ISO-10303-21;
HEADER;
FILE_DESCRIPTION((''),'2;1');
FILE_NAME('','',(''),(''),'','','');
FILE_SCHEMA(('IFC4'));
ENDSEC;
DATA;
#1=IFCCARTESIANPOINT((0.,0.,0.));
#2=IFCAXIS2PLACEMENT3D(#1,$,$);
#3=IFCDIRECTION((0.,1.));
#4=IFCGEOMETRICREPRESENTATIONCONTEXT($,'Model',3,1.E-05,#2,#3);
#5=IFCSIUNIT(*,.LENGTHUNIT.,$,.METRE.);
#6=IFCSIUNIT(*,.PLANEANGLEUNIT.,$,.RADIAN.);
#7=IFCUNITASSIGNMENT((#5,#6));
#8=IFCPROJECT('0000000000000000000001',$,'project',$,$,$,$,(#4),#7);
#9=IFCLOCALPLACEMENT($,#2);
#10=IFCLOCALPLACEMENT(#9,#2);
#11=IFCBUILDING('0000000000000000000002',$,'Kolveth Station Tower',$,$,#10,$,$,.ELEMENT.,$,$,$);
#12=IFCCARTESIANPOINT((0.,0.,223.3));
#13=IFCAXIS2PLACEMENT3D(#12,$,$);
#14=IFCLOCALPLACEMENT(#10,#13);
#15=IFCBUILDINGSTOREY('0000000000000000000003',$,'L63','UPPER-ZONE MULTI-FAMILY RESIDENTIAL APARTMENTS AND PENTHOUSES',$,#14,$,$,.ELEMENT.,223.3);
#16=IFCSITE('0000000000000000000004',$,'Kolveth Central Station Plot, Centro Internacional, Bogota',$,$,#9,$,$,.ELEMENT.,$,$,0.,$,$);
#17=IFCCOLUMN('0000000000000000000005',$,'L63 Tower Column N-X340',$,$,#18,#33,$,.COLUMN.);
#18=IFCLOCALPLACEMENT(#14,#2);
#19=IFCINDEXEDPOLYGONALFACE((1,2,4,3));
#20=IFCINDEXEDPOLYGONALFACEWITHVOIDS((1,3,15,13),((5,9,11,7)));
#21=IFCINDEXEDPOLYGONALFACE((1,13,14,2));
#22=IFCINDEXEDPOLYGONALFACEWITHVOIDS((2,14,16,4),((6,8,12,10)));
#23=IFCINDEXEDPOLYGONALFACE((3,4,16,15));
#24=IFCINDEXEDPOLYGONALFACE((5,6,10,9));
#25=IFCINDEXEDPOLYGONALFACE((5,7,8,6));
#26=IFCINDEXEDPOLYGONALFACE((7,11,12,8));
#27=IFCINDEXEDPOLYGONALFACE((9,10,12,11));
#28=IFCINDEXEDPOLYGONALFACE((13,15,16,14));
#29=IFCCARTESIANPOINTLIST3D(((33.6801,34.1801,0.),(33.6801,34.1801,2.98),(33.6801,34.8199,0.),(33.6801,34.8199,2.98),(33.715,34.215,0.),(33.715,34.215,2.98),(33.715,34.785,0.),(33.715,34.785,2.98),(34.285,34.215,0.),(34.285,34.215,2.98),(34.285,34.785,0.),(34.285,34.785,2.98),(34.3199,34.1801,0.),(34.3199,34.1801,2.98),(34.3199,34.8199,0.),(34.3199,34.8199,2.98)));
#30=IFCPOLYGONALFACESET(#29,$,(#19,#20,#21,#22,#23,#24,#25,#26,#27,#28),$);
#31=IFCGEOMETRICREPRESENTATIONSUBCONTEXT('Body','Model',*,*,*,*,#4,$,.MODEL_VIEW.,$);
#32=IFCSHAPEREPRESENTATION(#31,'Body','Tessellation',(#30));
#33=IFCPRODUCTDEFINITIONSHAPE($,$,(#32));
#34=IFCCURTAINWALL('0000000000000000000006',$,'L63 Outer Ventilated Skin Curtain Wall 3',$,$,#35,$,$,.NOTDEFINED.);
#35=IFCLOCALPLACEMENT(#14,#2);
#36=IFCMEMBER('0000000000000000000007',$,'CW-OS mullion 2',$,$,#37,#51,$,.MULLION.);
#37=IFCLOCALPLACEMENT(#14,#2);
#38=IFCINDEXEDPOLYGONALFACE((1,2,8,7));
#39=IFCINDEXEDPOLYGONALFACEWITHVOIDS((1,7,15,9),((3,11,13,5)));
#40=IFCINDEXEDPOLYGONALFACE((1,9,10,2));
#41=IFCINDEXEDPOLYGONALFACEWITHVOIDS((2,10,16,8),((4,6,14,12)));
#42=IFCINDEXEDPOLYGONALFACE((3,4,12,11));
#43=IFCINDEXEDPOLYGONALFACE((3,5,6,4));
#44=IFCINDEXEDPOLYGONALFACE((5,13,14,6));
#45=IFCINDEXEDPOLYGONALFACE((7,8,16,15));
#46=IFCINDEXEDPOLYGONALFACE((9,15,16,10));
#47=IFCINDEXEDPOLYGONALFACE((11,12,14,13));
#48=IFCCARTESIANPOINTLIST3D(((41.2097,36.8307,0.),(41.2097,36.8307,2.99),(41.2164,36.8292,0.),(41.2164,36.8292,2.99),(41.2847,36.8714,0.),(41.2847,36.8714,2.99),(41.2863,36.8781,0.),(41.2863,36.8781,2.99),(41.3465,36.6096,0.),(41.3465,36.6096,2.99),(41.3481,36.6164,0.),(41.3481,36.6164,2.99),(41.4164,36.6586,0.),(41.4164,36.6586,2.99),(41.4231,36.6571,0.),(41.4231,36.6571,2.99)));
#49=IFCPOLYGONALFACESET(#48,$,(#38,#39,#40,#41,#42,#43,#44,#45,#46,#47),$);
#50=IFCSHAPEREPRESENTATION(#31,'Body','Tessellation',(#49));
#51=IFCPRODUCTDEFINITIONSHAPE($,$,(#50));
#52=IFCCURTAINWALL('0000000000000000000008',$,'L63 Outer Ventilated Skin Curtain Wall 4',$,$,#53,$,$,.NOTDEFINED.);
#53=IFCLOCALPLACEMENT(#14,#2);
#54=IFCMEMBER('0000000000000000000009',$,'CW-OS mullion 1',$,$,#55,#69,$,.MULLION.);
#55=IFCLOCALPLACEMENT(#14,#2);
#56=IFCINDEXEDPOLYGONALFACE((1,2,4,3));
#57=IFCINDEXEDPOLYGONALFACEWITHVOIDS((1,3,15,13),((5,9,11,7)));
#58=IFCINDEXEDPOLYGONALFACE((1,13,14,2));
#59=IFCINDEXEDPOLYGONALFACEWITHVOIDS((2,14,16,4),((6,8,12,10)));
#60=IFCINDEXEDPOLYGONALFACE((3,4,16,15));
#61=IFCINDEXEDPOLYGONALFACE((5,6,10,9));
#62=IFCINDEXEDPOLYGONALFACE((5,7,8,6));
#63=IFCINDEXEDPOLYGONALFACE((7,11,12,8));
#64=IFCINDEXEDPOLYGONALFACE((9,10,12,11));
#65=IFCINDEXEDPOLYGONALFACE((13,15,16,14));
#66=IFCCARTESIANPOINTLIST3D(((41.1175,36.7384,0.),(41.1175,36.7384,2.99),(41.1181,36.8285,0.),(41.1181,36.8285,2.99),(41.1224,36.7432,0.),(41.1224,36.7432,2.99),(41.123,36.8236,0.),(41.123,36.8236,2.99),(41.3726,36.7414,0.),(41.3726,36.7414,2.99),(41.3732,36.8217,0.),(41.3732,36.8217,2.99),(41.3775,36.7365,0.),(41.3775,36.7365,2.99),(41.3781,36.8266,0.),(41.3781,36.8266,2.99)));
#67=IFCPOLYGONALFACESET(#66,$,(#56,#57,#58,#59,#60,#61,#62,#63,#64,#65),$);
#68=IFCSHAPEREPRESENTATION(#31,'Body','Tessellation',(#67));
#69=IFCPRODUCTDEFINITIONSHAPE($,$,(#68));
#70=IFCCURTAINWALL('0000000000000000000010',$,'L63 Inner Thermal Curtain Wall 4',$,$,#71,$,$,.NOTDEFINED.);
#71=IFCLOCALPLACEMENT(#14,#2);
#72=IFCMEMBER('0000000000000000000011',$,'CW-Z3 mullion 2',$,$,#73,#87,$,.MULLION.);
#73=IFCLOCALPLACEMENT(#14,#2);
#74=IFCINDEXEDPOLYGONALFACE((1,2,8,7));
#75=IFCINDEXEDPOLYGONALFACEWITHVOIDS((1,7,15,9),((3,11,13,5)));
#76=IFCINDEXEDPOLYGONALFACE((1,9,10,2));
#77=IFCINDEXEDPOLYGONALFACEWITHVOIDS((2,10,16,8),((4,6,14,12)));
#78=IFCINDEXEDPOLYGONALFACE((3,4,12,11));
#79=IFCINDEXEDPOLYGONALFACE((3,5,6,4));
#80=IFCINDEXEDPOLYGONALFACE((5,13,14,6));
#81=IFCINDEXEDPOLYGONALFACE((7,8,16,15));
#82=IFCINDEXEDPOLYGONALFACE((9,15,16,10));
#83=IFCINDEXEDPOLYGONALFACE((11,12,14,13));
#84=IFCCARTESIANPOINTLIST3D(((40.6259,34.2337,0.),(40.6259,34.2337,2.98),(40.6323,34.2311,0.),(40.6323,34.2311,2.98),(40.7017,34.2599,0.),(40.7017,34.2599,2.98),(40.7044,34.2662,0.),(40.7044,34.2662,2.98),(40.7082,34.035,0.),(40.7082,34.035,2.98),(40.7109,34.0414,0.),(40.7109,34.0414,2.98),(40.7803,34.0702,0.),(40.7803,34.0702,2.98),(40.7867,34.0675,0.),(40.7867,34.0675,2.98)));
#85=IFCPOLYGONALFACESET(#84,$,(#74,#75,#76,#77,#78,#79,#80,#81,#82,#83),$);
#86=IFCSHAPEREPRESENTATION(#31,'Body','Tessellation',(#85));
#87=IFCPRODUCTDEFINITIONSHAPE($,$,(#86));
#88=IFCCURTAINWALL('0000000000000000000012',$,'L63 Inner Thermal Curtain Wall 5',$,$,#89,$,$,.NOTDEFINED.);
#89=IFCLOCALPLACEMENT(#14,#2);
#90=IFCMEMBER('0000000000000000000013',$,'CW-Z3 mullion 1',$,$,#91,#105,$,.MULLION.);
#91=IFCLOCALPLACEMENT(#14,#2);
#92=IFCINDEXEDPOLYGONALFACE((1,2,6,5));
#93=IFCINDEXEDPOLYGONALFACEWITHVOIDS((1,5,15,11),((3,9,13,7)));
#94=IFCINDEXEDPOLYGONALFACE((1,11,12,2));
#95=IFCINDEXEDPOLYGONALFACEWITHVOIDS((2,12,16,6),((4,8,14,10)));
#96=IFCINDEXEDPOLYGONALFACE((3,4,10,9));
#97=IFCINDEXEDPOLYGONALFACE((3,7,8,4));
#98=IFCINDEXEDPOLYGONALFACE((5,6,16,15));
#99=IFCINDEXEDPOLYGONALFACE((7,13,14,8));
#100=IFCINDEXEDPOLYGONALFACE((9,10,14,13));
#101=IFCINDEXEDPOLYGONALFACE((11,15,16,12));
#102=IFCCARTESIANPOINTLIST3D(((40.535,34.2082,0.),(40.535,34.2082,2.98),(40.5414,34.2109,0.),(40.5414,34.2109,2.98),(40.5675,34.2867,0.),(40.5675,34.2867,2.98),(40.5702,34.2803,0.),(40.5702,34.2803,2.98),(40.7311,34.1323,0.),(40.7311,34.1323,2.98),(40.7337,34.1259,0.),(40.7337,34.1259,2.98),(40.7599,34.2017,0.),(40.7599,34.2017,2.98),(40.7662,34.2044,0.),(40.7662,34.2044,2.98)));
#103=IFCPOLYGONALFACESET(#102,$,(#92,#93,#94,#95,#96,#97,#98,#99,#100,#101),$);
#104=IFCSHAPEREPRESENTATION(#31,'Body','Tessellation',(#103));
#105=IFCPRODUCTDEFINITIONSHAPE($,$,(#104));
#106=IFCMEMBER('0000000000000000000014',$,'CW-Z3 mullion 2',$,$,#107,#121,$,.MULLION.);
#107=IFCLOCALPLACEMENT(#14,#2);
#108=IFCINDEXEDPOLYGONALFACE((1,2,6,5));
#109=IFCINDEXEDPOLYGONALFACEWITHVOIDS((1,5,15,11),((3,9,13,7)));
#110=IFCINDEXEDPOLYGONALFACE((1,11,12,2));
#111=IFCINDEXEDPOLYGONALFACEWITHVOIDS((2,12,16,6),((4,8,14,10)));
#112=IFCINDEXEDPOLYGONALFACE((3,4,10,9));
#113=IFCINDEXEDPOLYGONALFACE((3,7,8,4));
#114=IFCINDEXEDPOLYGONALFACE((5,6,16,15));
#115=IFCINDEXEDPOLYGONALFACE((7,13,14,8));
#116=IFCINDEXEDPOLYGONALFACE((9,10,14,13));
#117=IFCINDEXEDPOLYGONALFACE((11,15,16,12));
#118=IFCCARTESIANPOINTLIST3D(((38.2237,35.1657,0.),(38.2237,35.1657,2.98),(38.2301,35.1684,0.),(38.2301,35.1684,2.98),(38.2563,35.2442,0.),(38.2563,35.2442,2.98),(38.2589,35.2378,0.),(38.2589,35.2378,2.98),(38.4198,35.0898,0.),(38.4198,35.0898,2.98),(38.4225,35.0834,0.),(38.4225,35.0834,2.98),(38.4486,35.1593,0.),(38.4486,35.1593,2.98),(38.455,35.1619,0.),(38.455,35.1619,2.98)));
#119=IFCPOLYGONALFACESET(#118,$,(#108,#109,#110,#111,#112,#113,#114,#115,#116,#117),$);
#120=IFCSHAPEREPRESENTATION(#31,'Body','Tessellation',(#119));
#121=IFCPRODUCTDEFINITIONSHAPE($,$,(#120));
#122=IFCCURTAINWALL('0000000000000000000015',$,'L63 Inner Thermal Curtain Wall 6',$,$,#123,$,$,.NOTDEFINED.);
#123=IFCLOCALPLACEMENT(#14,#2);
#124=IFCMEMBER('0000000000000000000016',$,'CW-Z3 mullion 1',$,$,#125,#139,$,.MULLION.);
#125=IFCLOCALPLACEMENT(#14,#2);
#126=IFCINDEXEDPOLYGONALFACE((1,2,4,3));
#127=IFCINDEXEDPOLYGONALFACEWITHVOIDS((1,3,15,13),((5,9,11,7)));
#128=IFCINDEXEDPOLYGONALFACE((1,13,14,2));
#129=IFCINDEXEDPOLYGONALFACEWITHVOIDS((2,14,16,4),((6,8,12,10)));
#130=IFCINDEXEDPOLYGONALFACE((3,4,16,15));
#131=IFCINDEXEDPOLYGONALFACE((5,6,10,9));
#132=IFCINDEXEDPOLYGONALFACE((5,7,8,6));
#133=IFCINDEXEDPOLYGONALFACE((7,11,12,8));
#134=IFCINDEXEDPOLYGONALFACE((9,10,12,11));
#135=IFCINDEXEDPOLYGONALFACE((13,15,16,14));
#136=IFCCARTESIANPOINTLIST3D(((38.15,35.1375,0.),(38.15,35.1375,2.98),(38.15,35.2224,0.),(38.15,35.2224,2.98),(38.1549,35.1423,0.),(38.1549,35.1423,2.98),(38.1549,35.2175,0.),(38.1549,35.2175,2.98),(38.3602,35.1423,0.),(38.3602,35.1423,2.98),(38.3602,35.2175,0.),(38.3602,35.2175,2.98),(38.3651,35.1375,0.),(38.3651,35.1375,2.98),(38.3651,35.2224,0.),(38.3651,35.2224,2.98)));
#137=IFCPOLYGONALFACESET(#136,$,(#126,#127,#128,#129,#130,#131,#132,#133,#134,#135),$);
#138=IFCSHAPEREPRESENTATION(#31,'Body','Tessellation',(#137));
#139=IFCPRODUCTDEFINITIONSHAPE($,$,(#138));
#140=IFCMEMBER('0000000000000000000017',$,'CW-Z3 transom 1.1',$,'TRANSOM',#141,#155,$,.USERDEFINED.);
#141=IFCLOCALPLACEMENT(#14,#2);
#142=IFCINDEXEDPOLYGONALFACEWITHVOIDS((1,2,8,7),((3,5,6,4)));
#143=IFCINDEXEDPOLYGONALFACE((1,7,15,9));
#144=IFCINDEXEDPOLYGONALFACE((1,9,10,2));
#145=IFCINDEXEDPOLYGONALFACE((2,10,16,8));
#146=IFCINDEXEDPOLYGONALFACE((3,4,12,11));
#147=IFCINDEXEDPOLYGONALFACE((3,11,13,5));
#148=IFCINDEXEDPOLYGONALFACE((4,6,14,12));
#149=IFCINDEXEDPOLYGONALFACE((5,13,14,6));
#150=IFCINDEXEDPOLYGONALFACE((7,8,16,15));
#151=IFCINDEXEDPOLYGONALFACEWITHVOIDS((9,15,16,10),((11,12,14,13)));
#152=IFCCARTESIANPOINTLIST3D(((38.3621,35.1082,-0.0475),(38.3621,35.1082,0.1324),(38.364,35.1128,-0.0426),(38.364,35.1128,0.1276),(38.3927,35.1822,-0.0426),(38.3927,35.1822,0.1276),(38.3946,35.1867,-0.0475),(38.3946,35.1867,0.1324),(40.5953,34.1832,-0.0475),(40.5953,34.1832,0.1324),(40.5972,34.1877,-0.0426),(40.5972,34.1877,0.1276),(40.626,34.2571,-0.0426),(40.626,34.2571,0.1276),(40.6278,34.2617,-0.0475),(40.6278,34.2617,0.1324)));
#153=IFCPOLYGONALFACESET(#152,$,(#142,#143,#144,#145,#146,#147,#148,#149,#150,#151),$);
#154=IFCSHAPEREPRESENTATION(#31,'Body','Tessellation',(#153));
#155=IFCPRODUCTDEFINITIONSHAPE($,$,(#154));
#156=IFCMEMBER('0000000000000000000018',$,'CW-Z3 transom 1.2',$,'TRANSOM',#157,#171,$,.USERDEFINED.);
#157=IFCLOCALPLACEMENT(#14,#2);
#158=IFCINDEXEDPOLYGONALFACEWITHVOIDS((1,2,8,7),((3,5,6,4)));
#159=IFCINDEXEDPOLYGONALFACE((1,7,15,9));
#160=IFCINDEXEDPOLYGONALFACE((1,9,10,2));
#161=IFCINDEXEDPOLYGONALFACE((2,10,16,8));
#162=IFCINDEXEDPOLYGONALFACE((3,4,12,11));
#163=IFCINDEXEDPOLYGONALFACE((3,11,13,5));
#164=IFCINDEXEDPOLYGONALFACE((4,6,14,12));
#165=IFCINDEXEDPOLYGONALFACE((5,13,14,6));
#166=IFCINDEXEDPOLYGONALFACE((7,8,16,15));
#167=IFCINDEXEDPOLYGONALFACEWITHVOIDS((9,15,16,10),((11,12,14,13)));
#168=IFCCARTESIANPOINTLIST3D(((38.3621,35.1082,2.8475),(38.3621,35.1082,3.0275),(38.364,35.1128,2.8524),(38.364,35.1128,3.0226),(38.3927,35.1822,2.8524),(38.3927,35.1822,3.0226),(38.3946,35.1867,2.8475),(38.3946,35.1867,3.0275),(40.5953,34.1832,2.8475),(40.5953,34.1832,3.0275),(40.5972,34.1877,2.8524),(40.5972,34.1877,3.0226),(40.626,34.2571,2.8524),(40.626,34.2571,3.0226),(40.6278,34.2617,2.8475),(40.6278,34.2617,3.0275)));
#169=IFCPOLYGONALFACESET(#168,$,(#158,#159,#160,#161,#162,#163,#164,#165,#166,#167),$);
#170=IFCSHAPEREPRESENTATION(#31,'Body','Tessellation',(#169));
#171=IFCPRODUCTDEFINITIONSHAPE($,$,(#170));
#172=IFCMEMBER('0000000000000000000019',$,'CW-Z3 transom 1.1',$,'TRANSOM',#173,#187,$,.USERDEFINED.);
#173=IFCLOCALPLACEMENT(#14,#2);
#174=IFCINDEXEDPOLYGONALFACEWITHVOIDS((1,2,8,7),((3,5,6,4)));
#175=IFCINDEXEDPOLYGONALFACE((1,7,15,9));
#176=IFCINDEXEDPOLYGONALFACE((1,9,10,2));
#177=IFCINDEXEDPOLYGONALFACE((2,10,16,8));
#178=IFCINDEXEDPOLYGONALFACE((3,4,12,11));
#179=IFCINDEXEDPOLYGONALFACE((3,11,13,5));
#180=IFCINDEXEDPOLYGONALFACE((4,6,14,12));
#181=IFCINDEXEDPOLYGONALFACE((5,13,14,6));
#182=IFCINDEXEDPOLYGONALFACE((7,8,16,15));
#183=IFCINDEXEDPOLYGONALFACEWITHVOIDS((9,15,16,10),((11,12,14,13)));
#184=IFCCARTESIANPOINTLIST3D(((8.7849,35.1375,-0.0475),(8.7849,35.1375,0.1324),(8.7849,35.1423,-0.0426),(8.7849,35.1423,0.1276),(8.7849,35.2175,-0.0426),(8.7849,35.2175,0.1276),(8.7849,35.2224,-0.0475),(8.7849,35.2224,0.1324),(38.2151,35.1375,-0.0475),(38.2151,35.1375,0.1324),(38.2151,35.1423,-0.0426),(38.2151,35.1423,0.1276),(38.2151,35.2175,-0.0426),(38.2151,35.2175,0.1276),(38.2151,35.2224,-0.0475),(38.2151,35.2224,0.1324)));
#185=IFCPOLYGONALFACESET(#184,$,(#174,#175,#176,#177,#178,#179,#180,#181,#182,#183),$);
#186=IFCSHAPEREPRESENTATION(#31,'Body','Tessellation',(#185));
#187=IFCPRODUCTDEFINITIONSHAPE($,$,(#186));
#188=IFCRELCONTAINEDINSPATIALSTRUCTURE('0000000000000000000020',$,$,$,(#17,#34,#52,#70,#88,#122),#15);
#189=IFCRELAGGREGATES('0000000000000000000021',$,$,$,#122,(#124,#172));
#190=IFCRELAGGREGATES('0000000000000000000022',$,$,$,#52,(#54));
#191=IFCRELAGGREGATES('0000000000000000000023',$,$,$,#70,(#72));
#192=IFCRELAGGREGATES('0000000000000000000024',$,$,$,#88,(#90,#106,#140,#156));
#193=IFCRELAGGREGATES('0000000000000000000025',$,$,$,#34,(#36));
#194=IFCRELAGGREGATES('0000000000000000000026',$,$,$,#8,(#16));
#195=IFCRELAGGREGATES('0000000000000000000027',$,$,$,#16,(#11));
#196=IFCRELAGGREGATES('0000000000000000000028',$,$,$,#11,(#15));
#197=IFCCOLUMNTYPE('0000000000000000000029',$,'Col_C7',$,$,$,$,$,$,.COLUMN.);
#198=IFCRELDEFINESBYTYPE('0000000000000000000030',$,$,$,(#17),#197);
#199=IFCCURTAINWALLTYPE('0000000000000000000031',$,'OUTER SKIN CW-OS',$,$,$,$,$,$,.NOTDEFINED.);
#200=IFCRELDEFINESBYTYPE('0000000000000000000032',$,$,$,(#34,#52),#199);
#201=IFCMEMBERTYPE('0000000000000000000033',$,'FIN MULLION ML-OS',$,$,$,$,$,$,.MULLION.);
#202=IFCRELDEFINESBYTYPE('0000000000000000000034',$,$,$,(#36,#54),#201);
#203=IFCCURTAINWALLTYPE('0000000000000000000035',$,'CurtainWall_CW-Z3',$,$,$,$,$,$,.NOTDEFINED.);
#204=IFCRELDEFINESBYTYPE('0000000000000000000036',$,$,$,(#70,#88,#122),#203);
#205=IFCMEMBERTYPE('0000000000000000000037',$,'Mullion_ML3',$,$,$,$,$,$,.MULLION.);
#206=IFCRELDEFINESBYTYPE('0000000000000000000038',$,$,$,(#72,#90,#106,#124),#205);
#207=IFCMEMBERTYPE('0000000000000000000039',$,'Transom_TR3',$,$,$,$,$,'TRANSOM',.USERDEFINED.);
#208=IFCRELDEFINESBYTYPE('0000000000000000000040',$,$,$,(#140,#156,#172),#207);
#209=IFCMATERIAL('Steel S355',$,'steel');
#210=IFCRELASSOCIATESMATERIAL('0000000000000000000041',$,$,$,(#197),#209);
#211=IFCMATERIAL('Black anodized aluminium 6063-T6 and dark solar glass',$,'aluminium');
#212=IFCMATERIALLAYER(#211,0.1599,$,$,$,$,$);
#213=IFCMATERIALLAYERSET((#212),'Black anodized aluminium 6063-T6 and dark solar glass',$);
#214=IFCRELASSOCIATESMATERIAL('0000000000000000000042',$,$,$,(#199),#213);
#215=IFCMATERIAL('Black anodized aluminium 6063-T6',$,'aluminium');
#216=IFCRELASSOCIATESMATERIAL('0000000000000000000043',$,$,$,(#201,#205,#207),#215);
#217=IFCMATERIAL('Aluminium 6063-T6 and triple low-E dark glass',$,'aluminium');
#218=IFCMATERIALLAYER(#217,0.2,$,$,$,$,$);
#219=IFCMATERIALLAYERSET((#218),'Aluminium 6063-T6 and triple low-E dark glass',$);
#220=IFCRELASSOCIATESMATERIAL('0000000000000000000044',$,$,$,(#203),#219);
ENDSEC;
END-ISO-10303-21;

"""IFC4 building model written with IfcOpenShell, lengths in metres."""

from ifc_helpers import new_model, si_unit, direction, frame, origin, origin_2d, place, context, subcontext, project, spatial, hollow_rectangle, extrude, source, transform, mapped, material, layer, layer_set, material_profile, profile_set, type_object, element, aggregate, save


model = new_model("IFC4")

# Units and contexts
model_context = context("Model", 3, precision=1e-05, world=origin(), true_north=direction((0.0, 1.0)))
body_context = subcontext(model_context, "Body", "Model", "MODEL_VIEW")
ifc_project = project(units=[si_unit("LENGTHUNIT", "METRE"), si_unit("PLANEANGLEUNIT", "RADIAN")], contexts=[model_context])

# Site, building, storey
site_placement = place(None, origin())
site = spatial("IfcSite", under=ifc_project, at=site_placement, Name="Kolveth Central Station Plot, Centro Internacional, Bogota", CompositionType="ELEMENT", RefElevation=0.0)
building_placement = place(site_placement, origin())
building = spatial("IfcBuilding", under=site, at=building_placement, Name="Kolveth Station Tower", CompositionType="ELEMENT")
storey_placement = place(building_placement, frame((0.0, 0.0, 223.3)))
storey = spatial("IfcBuildingStorey", under=building, at=storey_placement, Name="L63", Description="UPPER-ZONE MULTI-FAMILY RESIDENTIAL APARTMENTS AND PENTHOUSES", CompositionType="ELEMENT", Elevation=223.3)

# Column
ifc_material_1 = material(Name="Steel S355", Category="steel")
ifc_material_profile_1 = material_profile(ifc_material_1, hollow_rectangle(XDim=0.6399, YDim=0.6399, WallThickness=0.0349, at=origin_2d()), Name="BOX640x640x35")
ifc_profile_set_1 = profile_set([ifc_material_profile_1], Name="Steel S355")
column_type = type_object("IfcColumnType", Name="Col_C7", PredefinedType="COLUMN", material=ifc_profile_set_1)
shared_shape_1 = source(origin(), body_context, "Body", "SweptSolid", [
    extrude(hollow_rectangle(XDim=0.6399, YDim=0.6399, WallThickness=0.0349, at=origin_2d()), origin(), (0.0, 0.0, 1.0), 2.98),
])
column_placement = place(storey_placement, frame((34.0, 34.5, 0.0), z_axis=(0.0, 0.0, 1.0), x_axis=(1.0, 0.0, 0.0)))
element("IfcColumn", 1, at=column_placement, inside=storey, type_object=column_type, Name="L63 Tower Column N-X340", PredefinedType="COLUMN", context=body_context, shape_type="MappedRepresentation", body=[
    mapped(shared_shape_1, transform((0.0, 0.0, 0.0), x_axis=(1.0, 0.0, 0.0), y_axis=(0.0, 1.0, 0.0), z_axis=(0.0, 0.0, 1.0), scale=1.0)),
])

# Curtain walls, members
ifc_material_2 = material(Name="Black anodized aluminium 6063-T6 and dark solar glass", Category="aluminium")
ifc_layer_1 = layer(ifc_material_2, 0.1599)
ifc_layer_set_1 = layer_set([ifc_layer_1], Name="Black anodized aluminium 6063-T6 and dark solar glass")
curtain_wall_type_1 = type_object("IfcCurtainWallType", Name="OUTER SKIN CW-OS", PredefinedType="NOTDEFINED", material=ifc_layer_set_1)
curtain_wall_1_placement = place(storey_placement, origin())
curtain_wall_1 = element("IfcCurtainWall", 2, at=curtain_wall_1_placement, inside=storey, type_object=curtain_wall_type_1, Name="L63 Outer Ventilated Skin Curtain Wall 3", PredefinedType="NOTDEFINED")
ifc_material_3 = material(Name="Black anodized aluminium 6063-T6", Category="aluminium")
ifc_material_profile_2 = material_profile(ifc_material_3, hollow_rectangle(XDim=0.0901, YDim=0.26, WallThickness=0.0049, at=origin_2d()), Name="ALU-90x260x5")
ifc_profile_set_2 = profile_set([ifc_material_profile_2], Name="Black anodized aluminium 6063-T6")
member_type_1 = type_object("IfcMemberType", Name="FIN MULLION ML-OS", PredefinedType="MULLION", material=ifc_profile_set_2)
shared_shape_2 = source(origin(), body_context, "Body", "SweptSolid", [
    extrude(hollow_rectangle(XDim=0.0901, YDim=0.26, WallThickness=0.0049, at=origin_2d()), origin(), (0.0, 0.0, 1.0), 2.99),
])
member_1_placement = place(storey_placement, frame((41.3164, 36.7439, 0.0), z_axis=(0.0, 0.0, 1.0), x_axis=(-0.850302, -0.526295, 0.0)))
member_1 = element("IfcMember", 3, at=member_1_placement, type_object=member_type_1, Name="CW-OS mullion 2", PredefinedType="MULLION", context=body_context, shape_type="MappedRepresentation", body=[
    mapped(shared_shape_2, transform((0.0, 0.0, 0.0), x_axis=(1.0, 0.0, 0.0), y_axis=(0.0, 1.0, 0.0), z_axis=(0.0, 0.0, 1.0), scale=1.0)),
])
curtain_wall_2_placement = place(storey_placement, origin())
curtain_wall_2 = element("IfcCurtainWall", 4, at=curtain_wall_2_placement, inside=storey, type_object=curtain_wall_type_1, Name="L63 Outer Ventilated Skin Curtain Wall 4", PredefinedType="NOTDEFINED")
member_2_placement = place(storey_placement, frame((41.2478, 36.7825, 0.0), z_axis=(0.0, 0.0, 1.0), x_axis=(-0.007382, -0.999973, 0.0)))
member_2 = element("IfcMember", 5, at=member_2_placement, type_object=member_type_1, Name="CW-OS mullion 1", PredefinedType="MULLION", context=body_context, shape_type="MappedRepresentation", body=[
    mapped(shared_shape_2, transform((0.0, 0.0, 0.0), x_axis=(1.0, 0.0, 0.0), y_axis=(0.0, 1.0, 0.0), z_axis=(0.0, 0.0, 1.0), scale=1.0)),
])
ifc_material_4 = material(Name="Aluminium 6063-T6 and triple low-E dark glass", Category="aluminium")
ifc_layer_2 = layer(ifc_material_4, 0.2)
ifc_layer_set_2 = layer_set([ifc_layer_2], Name="Aluminium 6063-T6 and triple low-E dark glass")
curtain_wall_type_2 = type_object("IfcCurtainWallType", Name="CurtainWall_CW-Z3", PredefinedType="NOTDEFINED", material=ifc_layer_set_2)
curtain_wall_3_placement = place(storey_placement, origin())
curtain_wall_3 = element("IfcCurtainWall", 6, at=curtain_wall_3_placement, inside=storey, type_object=curtain_wall_type_2, Name="L63 Inner Thermal Curtain Wall 4", PredefinedType="NOTDEFINED")
ifc_material_profile_3 = material_profile(ifc_material_3, hollow_rectangle(XDim=0.085, YDim=0.2151, WallThickness=0.0049, at=origin_2d()), Name="ALU-85x215x5")
ifc_profile_set_3 = profile_set([ifc_material_profile_3], Name="Black anodized aluminium 6063-T6")
member_type_2 = type_object("IfcMemberType", Name="Mullion_ML3", PredefinedType="MULLION", material=ifc_profile_set_3)
shared_shape_3 = source(origin(), body_context, "Body", "SweptSolid", [
    extrude(hollow_rectangle(XDim=0.085, YDim=0.2151, WallThickness=0.0049, at=origin_2d()), origin(), (0.0, 0.0, 1.0), 2.98),
])
member_3_placement = place(storey_placement, frame((40.7063, 34.1506, 0.0), z_axis=(0.0, 0.0, 1.0), x_axis=(-0.923875, -0.382693, 0.0)))
member_3 = element("IfcMember", 7, at=member_3_placement, type_object=member_type_2, Name="CW-Z3 mullion 2", PredefinedType="MULLION", context=body_context, shape_type="MappedRepresentation", body=[
    mapped(shared_shape_3, transform((0.0, 0.0, 0.0), x_axis=(1.0, 0.0, 0.0), y_axis=(0.0, 1.0, 0.0), z_axis=(0.0, 0.0, 1.0), scale=1.0)),
])

# Curtain wall, members
curtain_wall_4_placement = place(storey_placement, origin())
curtain_wall_4 = element("IfcCurtainWall", 8, at=curtain_wall_4_placement, inside=storey, type_object=curtain_wall_type_2, Name="L63 Inner Thermal Curtain Wall 5", PredefinedType="NOTDEFINED")
member_4_placement = place(storey_placement, frame((40.6506, 34.2063, 0.0), z_axis=(0.0, 0.0, 1.0), x_axis=(-0.382693, -0.923875, 0.0)))
member_4 = element("IfcMember", 9, at=member_4_placement, type_object=member_type_2, Name="CW-Z3 mullion 1", PredefinedType="MULLION", context=body_context, shape_type="MappedRepresentation", body=[
    mapped(shared_shape_3, transform((0.0, 0.0, 0.0), x_axis=(1.0, 0.0, 0.0), y_axis=(0.0, 1.0, 0.0), z_axis=(0.0, 0.0, 1.0), scale=1.0)),
])
member_5_placement = place(storey_placement, frame((38.3394, 35.1638, 0.0), z_axis=(0.0, 0.0, 1.0), x_axis=(-0.382693, -0.923875, 0.0)))
member_5 = element("IfcMember", 10, at=member_5_placement, type_object=member_type_2, Name="CW-Z3 mullion 2", PredefinedType="MULLION", context=body_context, shape_type="MappedRepresentation", body=[
    mapped(shared_shape_3, transform((0.0, 0.0, 0.0), x_axis=(1.0, 0.0, 0.0), y_axis=(0.0, 1.0, 0.0), z_axis=(0.0, 0.0, 1.0), scale=1.0)),
])

# Curtain wall, member
curtain_wall_5_placement = place(storey_placement, origin())
curtain_wall_5 = element("IfcCurtainWall", 11, at=curtain_wall_5_placement, inside=storey, type_object=curtain_wall_type_2, Name="L63 Inner Thermal Curtain Wall 6", PredefinedType="NOTDEFINED")
member_6_placement = place(storey_placement, frame((38.2576, 35.1799, 0.0), z_axis=(0.0, 0.0, 1.0), x_axis=(0.0, -1.0, 0.0)))
member_6 = element("IfcMember", 12, at=member_6_placement, type_object=member_type_2, Name="CW-Z3 mullion 1", PredefinedType="MULLION", context=body_context, shape_type="MappedRepresentation", body=[
    mapped(shared_shape_3, transform((0.0, 0.0, 0.0), x_axis=(1.0, 0.0, 0.0), y_axis=(0.0, 1.0, 0.0), z_axis=(0.0, 0.0, 1.0), scale=1.0)),
])

# Members
ifc_material_profile_4 = material_profile(ifc_material_3, hollow_rectangle(XDim=0.085, YDim=0.1799, WallThickness=0.0049, at=origin_2d()), Name="ALU-85x180x5")
ifc_profile_set_4 = profile_set([ifc_material_profile_4], Name="Black anodized aluminium 6063-T6")
member_type_3 = type_object("IfcMemberType", Name="Transom_TR3", ElementType="TRANSOM", PredefinedType="USERDEFINED", material=ifc_profile_set_4)
shared_shape_4 = source(origin(), body_context, "Body", "SweptSolid", [
    extrude(hollow_rectangle(XDim=0.085, YDim=0.1799, WallThickness=0.0049, at=origin_2d()), origin(), (0.0, 0.0, 1.0), 2.4172),
])
member_7_placement = place(storey_placement, frame((40.6116, 34.2224, 0.0425), z_axis=(-0.923873, 0.3827, 0.0), x_axis=(-0.3827, -0.923873, 0.0)))
member_7 = element("IfcMember", 13, at=member_7_placement, type_object=member_type_3, Name="CW-Z3 transom 1.1", ObjectType="TRANSOM", PredefinedType="USERDEFINED", context=body_context, shape_type="MappedRepresentation", body=[
    mapped(shared_shape_4, transform((0.0, 0.0, 0.0), x_axis=(1.0, 0.0, 0.0), y_axis=(0.0, 1.0, 0.0), z_axis=(0.0, 0.0, 1.0), scale=1.0)),
])
member_8_placement = place(storey_placement, frame((40.6116, 34.2224, 2.9375), z_axis=(-0.923873, 0.3827, 0.0), x_axis=(-0.3827, -0.923873, 0.0)))
member_8 = element("IfcMember", 14, at=member_8_placement, type_object=member_type_3, Name="CW-Z3 transom 1.2", ObjectType="TRANSOM", PredefinedType="USERDEFINED", context=body_context, shape_type="MappedRepresentation", body=[
    mapped(shared_shape_4, transform((0.0, 0.0, 0.0), x_axis=(1.0, 0.0, 0.0), y_axis=(0.0, 1.0, 0.0), z_axis=(0.0, 0.0, 1.0), scale=1.0)),
])
shared_shape_5 = source(origin(), body_context, "Body", "SweptSolid", [
    extrude(hollow_rectangle(XDim=0.085, YDim=0.1799, WallThickness=0.0049, at=origin_2d()), origin(), (0.0, 0.0, 1.0), 29.4302),
])
member_9_placement = place(storey_placement, frame((38.2151, 35.1799, 0.0425), z_axis=(-1.0, 0.0, 0.0), x_axis=(0.0, -1.0, 0.0)))
member_9 = element("IfcMember", 15, at=member_9_placement, type_object=member_type_3, Name="CW-Z3 transom 1.1", ObjectType="TRANSOM", PredefinedType="USERDEFINED", context=body_context, shape_type="MappedRepresentation", body=[
    mapped(shared_shape_5, transform((0.0, 0.0, 0.0), x_axis=(1.0, 0.0, 0.0), y_axis=(0.0, 1.0, 0.0), z_axis=(0.0, 0.0, 1.0), scale=1.0)),
])
aggregate(curtain_wall_5, [member_6, member_9])
aggregate(curtain_wall_2, [member_2])

aggregate(curtain_wall_3, [member_3])
aggregate(curtain_wall_4, [member_4, member_5, member_7, member_8])
aggregate(curtain_wall_1, [member_1])

save(model, "model.ifc")
